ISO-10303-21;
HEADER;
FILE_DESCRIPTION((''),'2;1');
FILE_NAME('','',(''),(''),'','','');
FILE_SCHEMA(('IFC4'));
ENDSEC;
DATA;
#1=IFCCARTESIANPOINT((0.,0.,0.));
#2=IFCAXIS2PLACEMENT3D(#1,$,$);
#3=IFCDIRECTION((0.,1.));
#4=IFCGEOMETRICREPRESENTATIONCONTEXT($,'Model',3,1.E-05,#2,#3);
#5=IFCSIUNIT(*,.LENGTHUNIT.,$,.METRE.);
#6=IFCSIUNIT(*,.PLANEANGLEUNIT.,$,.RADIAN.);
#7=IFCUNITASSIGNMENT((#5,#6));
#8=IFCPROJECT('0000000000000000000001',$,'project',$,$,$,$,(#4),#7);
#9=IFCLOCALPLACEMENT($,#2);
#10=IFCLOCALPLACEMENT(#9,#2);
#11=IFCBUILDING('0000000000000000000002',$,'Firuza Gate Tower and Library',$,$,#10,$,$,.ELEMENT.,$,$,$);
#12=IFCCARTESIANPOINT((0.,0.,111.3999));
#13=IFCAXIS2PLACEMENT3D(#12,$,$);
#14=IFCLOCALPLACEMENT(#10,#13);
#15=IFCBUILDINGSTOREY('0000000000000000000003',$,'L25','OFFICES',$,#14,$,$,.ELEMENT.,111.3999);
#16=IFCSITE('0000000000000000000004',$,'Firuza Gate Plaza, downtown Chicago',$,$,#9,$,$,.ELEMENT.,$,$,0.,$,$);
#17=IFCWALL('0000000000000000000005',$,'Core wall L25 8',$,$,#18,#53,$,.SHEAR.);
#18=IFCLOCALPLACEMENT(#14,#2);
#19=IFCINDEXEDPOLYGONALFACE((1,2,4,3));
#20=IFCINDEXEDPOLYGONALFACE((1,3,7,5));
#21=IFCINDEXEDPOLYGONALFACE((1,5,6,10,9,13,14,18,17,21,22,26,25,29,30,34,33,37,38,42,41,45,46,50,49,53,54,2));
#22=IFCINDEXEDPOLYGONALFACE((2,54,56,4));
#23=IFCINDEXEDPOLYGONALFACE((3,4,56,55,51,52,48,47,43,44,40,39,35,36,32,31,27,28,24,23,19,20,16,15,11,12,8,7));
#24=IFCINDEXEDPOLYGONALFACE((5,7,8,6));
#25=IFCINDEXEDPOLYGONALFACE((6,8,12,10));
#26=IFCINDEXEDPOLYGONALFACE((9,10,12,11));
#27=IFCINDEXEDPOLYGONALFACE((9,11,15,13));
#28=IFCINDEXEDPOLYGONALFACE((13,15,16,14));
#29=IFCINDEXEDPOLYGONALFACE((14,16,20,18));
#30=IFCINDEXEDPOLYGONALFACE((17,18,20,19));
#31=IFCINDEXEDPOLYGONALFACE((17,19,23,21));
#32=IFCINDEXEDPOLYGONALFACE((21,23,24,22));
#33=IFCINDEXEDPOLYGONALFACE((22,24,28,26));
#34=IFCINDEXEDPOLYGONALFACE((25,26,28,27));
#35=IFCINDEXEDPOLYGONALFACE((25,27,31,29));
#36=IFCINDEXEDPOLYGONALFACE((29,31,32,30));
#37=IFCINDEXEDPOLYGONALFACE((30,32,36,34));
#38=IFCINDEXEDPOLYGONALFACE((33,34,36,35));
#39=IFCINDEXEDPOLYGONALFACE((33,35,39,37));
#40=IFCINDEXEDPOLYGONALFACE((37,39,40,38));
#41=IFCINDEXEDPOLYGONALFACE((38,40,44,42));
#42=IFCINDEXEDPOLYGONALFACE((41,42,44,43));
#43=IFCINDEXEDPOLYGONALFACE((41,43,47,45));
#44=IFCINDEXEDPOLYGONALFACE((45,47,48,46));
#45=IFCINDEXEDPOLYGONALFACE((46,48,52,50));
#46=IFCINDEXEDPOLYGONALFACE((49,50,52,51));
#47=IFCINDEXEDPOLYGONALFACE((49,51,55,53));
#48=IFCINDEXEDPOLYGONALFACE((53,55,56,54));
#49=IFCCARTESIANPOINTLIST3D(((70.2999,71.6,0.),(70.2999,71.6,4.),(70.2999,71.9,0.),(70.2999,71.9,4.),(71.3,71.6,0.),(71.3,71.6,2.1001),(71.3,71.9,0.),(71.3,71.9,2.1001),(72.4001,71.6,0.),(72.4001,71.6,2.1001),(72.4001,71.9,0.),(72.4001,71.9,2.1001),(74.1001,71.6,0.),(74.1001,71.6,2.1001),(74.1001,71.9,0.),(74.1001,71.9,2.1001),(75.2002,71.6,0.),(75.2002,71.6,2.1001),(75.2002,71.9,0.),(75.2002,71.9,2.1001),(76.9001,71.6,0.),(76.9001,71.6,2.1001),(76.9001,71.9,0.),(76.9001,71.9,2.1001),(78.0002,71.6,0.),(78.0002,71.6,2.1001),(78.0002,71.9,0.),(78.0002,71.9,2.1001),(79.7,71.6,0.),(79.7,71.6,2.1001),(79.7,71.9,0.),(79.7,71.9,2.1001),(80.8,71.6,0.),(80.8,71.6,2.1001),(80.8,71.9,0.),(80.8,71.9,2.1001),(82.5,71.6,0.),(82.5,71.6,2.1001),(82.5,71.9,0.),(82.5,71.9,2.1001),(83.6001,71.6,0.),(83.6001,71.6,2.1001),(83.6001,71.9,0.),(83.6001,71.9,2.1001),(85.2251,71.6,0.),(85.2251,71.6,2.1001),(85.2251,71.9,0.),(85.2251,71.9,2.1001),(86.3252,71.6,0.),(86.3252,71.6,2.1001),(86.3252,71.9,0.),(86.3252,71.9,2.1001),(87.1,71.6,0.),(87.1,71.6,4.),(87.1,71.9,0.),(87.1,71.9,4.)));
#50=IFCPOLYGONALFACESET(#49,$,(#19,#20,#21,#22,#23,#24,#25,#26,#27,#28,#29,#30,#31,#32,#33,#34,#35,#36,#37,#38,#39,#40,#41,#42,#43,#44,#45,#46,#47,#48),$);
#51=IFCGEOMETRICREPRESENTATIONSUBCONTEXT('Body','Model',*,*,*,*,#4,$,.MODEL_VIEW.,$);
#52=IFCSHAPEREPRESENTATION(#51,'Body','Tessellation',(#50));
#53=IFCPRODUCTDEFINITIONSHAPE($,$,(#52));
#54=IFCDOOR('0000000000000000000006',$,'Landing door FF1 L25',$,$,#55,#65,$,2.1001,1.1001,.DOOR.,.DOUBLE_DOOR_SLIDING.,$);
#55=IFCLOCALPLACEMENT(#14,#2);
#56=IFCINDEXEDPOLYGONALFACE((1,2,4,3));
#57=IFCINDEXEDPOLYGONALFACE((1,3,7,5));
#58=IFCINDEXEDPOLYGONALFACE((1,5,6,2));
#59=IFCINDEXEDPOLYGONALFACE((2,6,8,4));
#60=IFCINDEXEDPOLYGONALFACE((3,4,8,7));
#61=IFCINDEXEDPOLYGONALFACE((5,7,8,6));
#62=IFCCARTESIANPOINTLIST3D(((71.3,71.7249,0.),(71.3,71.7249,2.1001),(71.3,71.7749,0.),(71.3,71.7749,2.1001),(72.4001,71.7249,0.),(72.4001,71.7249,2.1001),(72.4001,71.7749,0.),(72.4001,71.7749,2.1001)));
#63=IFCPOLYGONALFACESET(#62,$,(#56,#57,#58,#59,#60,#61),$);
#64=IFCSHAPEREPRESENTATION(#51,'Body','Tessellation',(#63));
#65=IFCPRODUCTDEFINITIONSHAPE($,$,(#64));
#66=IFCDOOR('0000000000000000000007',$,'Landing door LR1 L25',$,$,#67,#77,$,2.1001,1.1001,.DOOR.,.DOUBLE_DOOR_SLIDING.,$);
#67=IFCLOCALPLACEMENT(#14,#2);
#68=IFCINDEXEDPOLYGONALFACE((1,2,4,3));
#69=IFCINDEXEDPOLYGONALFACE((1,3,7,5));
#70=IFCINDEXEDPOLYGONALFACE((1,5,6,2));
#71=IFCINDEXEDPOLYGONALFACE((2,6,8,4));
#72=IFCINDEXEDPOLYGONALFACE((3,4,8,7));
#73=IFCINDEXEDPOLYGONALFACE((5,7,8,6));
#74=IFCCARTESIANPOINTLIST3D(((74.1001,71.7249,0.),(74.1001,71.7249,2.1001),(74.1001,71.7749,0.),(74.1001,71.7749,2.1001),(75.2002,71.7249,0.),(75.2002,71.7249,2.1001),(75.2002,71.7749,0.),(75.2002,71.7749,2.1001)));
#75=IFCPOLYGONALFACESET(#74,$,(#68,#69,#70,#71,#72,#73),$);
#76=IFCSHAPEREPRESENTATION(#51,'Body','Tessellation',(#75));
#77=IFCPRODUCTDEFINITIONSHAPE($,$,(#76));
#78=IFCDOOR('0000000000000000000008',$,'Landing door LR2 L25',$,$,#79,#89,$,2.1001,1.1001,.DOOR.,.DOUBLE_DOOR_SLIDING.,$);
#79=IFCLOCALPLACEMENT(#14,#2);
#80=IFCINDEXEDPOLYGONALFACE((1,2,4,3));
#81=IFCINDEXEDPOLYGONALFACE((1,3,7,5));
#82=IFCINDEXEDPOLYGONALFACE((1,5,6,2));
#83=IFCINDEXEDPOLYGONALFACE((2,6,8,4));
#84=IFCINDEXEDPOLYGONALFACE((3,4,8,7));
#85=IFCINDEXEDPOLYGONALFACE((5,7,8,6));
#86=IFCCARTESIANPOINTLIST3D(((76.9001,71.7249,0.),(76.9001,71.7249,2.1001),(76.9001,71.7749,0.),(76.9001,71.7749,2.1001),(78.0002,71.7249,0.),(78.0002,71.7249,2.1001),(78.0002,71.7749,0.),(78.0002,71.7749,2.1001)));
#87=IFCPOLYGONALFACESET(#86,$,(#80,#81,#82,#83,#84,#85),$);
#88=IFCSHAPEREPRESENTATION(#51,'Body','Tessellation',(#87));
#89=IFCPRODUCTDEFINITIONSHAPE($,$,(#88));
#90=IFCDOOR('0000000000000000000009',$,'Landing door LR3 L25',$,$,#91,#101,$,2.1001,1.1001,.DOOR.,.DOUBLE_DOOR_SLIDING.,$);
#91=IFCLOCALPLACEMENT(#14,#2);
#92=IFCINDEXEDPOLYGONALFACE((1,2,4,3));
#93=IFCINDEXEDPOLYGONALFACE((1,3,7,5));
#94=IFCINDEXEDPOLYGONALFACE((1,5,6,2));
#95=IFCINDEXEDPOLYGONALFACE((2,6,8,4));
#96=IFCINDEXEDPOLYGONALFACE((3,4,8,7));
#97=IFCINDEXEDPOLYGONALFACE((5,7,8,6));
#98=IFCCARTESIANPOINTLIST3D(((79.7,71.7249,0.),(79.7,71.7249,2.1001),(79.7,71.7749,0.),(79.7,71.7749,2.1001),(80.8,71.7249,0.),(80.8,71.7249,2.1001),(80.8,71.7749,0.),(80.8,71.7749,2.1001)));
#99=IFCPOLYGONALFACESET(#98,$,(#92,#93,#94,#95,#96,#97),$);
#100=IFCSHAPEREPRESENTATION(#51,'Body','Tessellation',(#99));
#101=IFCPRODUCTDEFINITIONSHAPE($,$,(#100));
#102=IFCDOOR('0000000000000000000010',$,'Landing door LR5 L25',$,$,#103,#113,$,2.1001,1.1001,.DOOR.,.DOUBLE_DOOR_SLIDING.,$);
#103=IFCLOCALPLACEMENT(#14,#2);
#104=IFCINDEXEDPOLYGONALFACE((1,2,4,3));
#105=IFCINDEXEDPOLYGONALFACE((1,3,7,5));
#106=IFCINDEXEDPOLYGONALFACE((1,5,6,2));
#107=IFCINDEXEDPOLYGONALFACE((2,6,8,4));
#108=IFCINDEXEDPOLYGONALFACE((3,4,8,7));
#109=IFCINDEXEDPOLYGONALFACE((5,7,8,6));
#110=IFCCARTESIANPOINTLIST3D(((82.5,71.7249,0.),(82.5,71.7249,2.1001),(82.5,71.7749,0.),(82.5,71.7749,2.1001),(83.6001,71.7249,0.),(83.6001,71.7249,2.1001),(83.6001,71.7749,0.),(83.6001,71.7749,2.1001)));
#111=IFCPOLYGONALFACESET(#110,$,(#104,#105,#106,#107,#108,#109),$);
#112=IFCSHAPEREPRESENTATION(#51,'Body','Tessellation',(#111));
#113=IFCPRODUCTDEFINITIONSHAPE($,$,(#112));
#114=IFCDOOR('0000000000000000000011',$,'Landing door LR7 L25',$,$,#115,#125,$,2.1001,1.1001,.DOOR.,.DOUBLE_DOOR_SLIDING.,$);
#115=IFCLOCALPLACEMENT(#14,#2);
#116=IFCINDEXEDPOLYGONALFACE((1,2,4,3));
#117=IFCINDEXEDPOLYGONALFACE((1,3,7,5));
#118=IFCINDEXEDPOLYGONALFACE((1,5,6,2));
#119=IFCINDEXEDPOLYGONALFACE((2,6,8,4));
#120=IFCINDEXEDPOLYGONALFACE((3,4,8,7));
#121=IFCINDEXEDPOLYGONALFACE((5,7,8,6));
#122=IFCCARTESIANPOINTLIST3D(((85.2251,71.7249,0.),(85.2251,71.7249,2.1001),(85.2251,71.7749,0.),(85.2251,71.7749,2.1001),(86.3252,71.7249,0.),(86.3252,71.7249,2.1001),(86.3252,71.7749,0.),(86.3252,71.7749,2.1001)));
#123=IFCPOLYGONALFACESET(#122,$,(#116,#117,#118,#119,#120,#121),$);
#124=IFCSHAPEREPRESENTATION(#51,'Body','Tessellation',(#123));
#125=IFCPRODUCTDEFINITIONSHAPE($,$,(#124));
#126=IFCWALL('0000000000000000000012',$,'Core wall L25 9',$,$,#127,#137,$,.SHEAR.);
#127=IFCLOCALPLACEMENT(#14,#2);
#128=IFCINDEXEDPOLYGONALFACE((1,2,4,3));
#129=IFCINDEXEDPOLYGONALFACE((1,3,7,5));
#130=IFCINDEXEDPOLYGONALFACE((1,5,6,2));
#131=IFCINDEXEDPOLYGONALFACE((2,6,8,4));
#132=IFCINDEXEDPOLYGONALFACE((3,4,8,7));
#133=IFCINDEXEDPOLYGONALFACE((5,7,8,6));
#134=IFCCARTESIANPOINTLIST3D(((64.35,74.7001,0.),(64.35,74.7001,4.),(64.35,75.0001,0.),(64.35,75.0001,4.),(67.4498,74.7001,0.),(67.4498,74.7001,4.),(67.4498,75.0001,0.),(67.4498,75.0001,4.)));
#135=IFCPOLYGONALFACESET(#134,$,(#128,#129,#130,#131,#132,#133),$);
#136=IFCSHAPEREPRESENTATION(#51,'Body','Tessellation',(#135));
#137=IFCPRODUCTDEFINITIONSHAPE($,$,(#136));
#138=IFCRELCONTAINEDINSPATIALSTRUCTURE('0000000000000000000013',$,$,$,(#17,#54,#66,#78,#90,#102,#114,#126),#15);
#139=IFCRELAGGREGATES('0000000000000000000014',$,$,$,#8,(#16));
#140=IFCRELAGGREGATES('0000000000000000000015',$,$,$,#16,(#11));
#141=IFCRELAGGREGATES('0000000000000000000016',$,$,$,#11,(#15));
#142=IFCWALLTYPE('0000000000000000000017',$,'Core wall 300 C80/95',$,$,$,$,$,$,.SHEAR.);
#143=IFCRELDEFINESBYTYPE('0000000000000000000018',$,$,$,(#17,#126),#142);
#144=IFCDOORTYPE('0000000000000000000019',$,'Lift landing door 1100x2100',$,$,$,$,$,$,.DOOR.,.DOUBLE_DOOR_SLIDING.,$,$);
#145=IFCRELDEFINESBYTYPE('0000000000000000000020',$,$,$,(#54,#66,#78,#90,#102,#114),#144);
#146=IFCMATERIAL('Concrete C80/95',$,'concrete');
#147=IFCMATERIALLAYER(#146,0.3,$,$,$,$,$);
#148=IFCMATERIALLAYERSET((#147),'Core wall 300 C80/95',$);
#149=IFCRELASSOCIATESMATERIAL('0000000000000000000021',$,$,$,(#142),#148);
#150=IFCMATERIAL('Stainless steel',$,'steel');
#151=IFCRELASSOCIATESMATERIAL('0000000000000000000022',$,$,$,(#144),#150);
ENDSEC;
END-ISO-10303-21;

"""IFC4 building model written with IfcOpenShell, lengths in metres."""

from ifc_helpers import new_model, si_unit, direction, frame, frame_2d, origin, place, context, subcontext, project, spatial, rectangle, extrude, material, layer, layer_set, type_object, element, fill, save


model = new_model("IFC4")

# Units and contexts
model_context = context("Model", 3, precision=1e-05, world=origin(), true_north=direction((0.0, 1.0)))
body_context = subcontext(model_context, "Body", "Model", "MODEL_VIEW")
ifc_project = project(units=[si_unit("LENGTHUNIT", "METRE"), si_unit("PLANEANGLEUNIT", "RADIAN")], contexts=[model_context])

# Site, building, storey
site_placement = place(None, origin())
site = spatial("IfcSite", under=ifc_project, at=site_placement, Name="Firuza Gate Plaza, downtown Chicago", CompositionType="ELEMENT", RefElevation=0.0)
building_placement = place(site_placement, origin())
building = spatial("IfcBuilding", under=site, at=building_placement, Name="Firuza Gate Tower and Library", CompositionType="ELEMENT")
storey_placement = place(building_placement, frame((0.0, 0.0, 111.3999)))
storey = spatial("IfcBuildingStorey", under=building, at=storey_placement, Name="L25", Description="OFFICES", CompositionType="ELEMENT", Elevation=111.3999)

# Shared definitions
ifc_material_1 = material(Name="Concrete C80/95", Category="concrete")
ifc_layer_1 = layer(ifc_material_1, 0.3)
ifc_layer_set_1 = layer_set([ifc_layer_1], Name="Core wall 300 C80/95")
wall_type_1 = type_object("IfcWallType", Name="Core wall 300 C80/95", PredefinedType="SHEAR", material=ifc_layer_set_1)

# Wall, openings, doors
wall_1_placement = place(storey_placement, frame((70.3, 71.75, 0.0), z_axis=(0.0, 0.0, 1.0), x_axis=(1.0, 0.0, 0.0)))
wall_1 = element("IfcWall", 1, at=wall_1_placement, inside=storey, type_object=wall_type_1, Name="Core wall L25 8", PredefinedType="SHEAR", context=body_context, shape_type="SweptSolid", body=[
    extrude(rectangle(XDim=16.8, YDim=0.3, at=frame_2d((8.3999, 0.0))), origin(), (0.0, 0.0, 1.0), 4.0),
])
opening_1_placement = place(wall_1_placement, frame((1.0, 0.0, 0.0)))
opening_1 = element("IfcOpeningElement", 2, at=opening_1_placement, cuts=wall_1, PredefinedType="OPENING", context=body_context, shape_type="SweptSolid", body=[
    extrude(rectangle(XDim=1.1001, YDim=2.1001, at=frame_2d((0.55, 1.05))), frame((0.0, 0.1602, 0.0), z_axis=(0.0, -1.0, 0.0), x_axis=(1.0, 0.0, 0.0)), (0.0, 0.0, 1.0), 0.3201),
])
opening_2_placement = place(wall_1_placement, frame((3.8, 0.0, 0.0)))
opening_2 = element("IfcOpeningElement", 3, at=opening_2_placement, cuts=wall_1, PredefinedType="OPENING", context=body_context, shape_type="SweptSolid", body=[
    extrude(rectangle(XDim=1.1001, YDim=2.1001, at=frame_2d((0.55, 1.05))), frame((0.0, 0.1602, 0.0), z_axis=(0.0, -1.0, 0.0), x_axis=(1.0, 0.0, 0.0)), (0.0, 0.0, 1.0), 0.3201),
])
opening_3_placement = place(wall_1_placement, frame((6.6001, 0.0, 0.0)))
opening_3 = element("IfcOpeningElement", 4, at=opening_3_placement, cuts=wall_1, PredefinedType="OPENING", context=body_context, shape_type="SweptSolid", body=[
    extrude(rectangle(XDim=1.1001, YDim=2.1001, at=frame_2d((0.55, 1.05))), frame((0.0, 0.1602, 0.0), z_axis=(0.0, -1.0, 0.0), x_axis=(1.0, 0.0, 0.0)), (0.0, 0.0, 1.0), 0.3201),
])
opening_4_placement = place(wall_1_placement, frame((9.3999, 0.0, 0.0)))
opening_4 = element("IfcOpeningElement", 5, at=opening_4_placement, cuts=wall_1, PredefinedType="OPENING", context=body_context, shape_type="SweptSolid", body=[
    extrude(rectangle(XDim=1.1001, YDim=2.1001, at=frame_2d((0.55, 1.05))), frame((0.0, 0.1602, 0.0), z_axis=(0.0, -1.0, 0.0), x_axis=(1.0, 0.0, 0.0)), (0.0, 0.0, 1.0), 0.3201),
])
opening_5_placement = place(wall_1_placement, frame((12.2, 0.0, 0.0)))
opening_5 = element("IfcOpeningElement", 6, at=opening_5_placement, cuts=wall_1, PredefinedType="OPENING", context=body_context, shape_type="SweptSolid", body=[
    extrude(rectangle(XDim=1.1001, YDim=2.1001, at=frame_2d((0.55, 1.05))), frame((0.0, 0.1602, 0.0), z_axis=(0.0, -1.0, 0.0), x_axis=(1.0, 0.0, 0.0)), (0.0, 0.0, 1.0), 0.3201),
])
opening_6_placement = place(wall_1_placement, frame((14.925, 0.0, 0.0)))
opening_6 = element("IfcOpeningElement", 7, at=opening_6_placement, cuts=wall_1, PredefinedType="OPENING", context=body_context, shape_type="SweptSolid", body=[
    extrude(rectangle(XDim=1.1001, YDim=2.1001, at=frame_2d((0.55, 1.05))), frame((0.0, 0.1602, 0.0), z_axis=(0.0, -1.0, 0.0), x_axis=(1.0, 0.0, 0.0)), (0.0, 0.0, 1.0), 0.3201),
])
ifc_material_2 = material(Name="Stainless steel", Category="steel")
door_type_1 = type_object("IfcDoorType", Name="Lift landing door 1100x2100", OperationType="DOUBLE_DOOR_SLIDING", PredefinedType="DOOR", material=ifc_material_2)
door_1_placement = place(opening_1_placement, origin())
door_1 = element("IfcDoor", 8, at=door_1_placement, inside=storey, type_object=door_type_1, Name="Landing door FF1 L25", OperationType="DOUBLE_DOOR_SLIDING", OverallHeight=2.1001, OverallWidth=1.1001, PredefinedType="DOOR", context=body_context, shape_type="SweptSolid", body=[
    extrude(rectangle(XDim=1.1001, YDim=2.1001, at=frame_2d((0.55, 1.05))), frame((0.0, 0.0249, 0.0), z_axis=(0.0, -1.0, 0.0), x_axis=(1.0, 0.0, 0.0)), (0.0, 0.0, 1.0), 0.05),
])
fill(opening_1, door_1)
door_2_placement = place(opening_2_placement, origin())
door_2 = element("IfcDoor", 9, at=door_2_placement, inside=storey, type_object=door_type_1, Name="Landing door LR1 L25", OperationType="DOUBLE_DOOR_SLIDING", OverallHeight=2.1001, OverallWidth=1.1001, PredefinedType="DOOR", context=body_context, shape_type="SweptSolid", body=[
    extrude(rectangle(XDim=1.1001, YDim=2.1001, at=frame_2d((0.55, 1.05))), frame((0.0, 0.0249, 0.0), z_axis=(0.0, -1.0, 0.0), x_axis=(1.0, 0.0, 0.0)), (0.0, 0.0, 1.0), 0.05),
])
fill(opening_2, door_2)
door_3_placement = place(opening_3_placement, origin())
door_3 = element("IfcDoor", 10, at=door_3_placement, inside=storey, type_object=door_type_1, Name="Landing door LR2 L25", OperationType="DOUBLE_DOOR_SLIDING", OverallHeight=2.1001, OverallWidth=1.1001, PredefinedType="DOOR", context=body_context, shape_type="SweptSolid", body=[
    extrude(rectangle(XDim=1.1001, YDim=2.1001, at=frame_2d((0.55, 1.05))), frame((0.0, 0.0249, 0.0), z_axis=(0.0, -1.0, 0.0), x_axis=(1.0, 0.0, 0.0)), (0.0, 0.0, 1.0), 0.05),
])
fill(opening_3, door_3)
door_4_placement = place(opening_4_placement, origin())
door_4 = element("IfcDoor", 11, at=door_4_placement, inside=storey, type_object=door_type_1, Name="Landing door LR3 L25", OperationType="DOUBLE_DOOR_SLIDING", OverallHeight=2.1001, OverallWidth=1.1001, PredefinedType="DOOR", context=body_context, shape_type="SweptSolid", body=[
    extrude(rectangle(XDim=1.1001, YDim=2.1001, at=frame_2d((0.55, 1.05))), frame((0.0, 0.0249, 0.0), z_axis=(0.0, -1.0, 0.0), x_axis=(1.0, 0.0, 0.0)), (0.0, 0.0, 1.0), 0.05),
])
fill(opening_4, door_4)
door_5_placement = place(opening_5_placement, origin())
door_5 = element("IfcDoor", 12, at=door_5_placement, inside=storey, type_object=door_type_1, Name="Landing door LR5 L25", OperationType="DOUBLE_DOOR_SLIDING", OverallHeight=2.1001, OverallWidth=1.1001, PredefinedType="DOOR", context=body_context, shape_type="SweptSolid", body=[
    extrude(rectangle(XDim=1.1001, YDim=2.1001, at=frame_2d((0.55, 1.05))), frame((0.0, 0.0249, 0.0), z_axis=(0.0, -1.0, 0.0), x_axis=(1.0, 0.0, 0.0)), (0.0, 0.0, 1.0), 0.05),
])
fill(opening_5, door_5)
door_6_placement = place(opening_6_placement, origin())
door_6 = element("IfcDoor", 13, at=door_6_placement, inside=storey, type_object=door_type_1, Name="Landing door LR7 L25", OperationType="DOUBLE_DOOR_SLIDING", OverallHeight=2.1001, OverallWidth=1.1001, PredefinedType="DOOR", context=body_context, shape_type="SweptSolid", body=[
    extrude(rectangle(XDim=1.1001, YDim=2.1001, at=frame_2d((0.55, 1.05))), frame((0.0, 0.0249, 0.0), z_axis=(0.0, -1.0, 0.0), x_axis=(1.0, 0.0, 0.0)), (0.0, 0.0, 1.0), 0.05),
])
fill(opening_6, door_6)

# Wall
wall_2_placement = place(storey_placement, frame((64.3501, 74.8501, 0.0), z_axis=(0.0, 0.0, 1.0), x_axis=(1.0, 0.0, 0.0)))
element("IfcWall", 14, at=wall_2_placement, inside=storey, type_object=wall_type_1, Name="Core wall L25 9", PredefinedType="SHEAR", context=body_context, shape_type="SweptSolid", body=[
    extrude(rectangle(XDim=3.0999, YDim=0.3, at=frame_2d((1.5498, 0.0))), origin(), (0.0, 0.0, 1.0), 4.0),
])

save(model, "model.ifc")
